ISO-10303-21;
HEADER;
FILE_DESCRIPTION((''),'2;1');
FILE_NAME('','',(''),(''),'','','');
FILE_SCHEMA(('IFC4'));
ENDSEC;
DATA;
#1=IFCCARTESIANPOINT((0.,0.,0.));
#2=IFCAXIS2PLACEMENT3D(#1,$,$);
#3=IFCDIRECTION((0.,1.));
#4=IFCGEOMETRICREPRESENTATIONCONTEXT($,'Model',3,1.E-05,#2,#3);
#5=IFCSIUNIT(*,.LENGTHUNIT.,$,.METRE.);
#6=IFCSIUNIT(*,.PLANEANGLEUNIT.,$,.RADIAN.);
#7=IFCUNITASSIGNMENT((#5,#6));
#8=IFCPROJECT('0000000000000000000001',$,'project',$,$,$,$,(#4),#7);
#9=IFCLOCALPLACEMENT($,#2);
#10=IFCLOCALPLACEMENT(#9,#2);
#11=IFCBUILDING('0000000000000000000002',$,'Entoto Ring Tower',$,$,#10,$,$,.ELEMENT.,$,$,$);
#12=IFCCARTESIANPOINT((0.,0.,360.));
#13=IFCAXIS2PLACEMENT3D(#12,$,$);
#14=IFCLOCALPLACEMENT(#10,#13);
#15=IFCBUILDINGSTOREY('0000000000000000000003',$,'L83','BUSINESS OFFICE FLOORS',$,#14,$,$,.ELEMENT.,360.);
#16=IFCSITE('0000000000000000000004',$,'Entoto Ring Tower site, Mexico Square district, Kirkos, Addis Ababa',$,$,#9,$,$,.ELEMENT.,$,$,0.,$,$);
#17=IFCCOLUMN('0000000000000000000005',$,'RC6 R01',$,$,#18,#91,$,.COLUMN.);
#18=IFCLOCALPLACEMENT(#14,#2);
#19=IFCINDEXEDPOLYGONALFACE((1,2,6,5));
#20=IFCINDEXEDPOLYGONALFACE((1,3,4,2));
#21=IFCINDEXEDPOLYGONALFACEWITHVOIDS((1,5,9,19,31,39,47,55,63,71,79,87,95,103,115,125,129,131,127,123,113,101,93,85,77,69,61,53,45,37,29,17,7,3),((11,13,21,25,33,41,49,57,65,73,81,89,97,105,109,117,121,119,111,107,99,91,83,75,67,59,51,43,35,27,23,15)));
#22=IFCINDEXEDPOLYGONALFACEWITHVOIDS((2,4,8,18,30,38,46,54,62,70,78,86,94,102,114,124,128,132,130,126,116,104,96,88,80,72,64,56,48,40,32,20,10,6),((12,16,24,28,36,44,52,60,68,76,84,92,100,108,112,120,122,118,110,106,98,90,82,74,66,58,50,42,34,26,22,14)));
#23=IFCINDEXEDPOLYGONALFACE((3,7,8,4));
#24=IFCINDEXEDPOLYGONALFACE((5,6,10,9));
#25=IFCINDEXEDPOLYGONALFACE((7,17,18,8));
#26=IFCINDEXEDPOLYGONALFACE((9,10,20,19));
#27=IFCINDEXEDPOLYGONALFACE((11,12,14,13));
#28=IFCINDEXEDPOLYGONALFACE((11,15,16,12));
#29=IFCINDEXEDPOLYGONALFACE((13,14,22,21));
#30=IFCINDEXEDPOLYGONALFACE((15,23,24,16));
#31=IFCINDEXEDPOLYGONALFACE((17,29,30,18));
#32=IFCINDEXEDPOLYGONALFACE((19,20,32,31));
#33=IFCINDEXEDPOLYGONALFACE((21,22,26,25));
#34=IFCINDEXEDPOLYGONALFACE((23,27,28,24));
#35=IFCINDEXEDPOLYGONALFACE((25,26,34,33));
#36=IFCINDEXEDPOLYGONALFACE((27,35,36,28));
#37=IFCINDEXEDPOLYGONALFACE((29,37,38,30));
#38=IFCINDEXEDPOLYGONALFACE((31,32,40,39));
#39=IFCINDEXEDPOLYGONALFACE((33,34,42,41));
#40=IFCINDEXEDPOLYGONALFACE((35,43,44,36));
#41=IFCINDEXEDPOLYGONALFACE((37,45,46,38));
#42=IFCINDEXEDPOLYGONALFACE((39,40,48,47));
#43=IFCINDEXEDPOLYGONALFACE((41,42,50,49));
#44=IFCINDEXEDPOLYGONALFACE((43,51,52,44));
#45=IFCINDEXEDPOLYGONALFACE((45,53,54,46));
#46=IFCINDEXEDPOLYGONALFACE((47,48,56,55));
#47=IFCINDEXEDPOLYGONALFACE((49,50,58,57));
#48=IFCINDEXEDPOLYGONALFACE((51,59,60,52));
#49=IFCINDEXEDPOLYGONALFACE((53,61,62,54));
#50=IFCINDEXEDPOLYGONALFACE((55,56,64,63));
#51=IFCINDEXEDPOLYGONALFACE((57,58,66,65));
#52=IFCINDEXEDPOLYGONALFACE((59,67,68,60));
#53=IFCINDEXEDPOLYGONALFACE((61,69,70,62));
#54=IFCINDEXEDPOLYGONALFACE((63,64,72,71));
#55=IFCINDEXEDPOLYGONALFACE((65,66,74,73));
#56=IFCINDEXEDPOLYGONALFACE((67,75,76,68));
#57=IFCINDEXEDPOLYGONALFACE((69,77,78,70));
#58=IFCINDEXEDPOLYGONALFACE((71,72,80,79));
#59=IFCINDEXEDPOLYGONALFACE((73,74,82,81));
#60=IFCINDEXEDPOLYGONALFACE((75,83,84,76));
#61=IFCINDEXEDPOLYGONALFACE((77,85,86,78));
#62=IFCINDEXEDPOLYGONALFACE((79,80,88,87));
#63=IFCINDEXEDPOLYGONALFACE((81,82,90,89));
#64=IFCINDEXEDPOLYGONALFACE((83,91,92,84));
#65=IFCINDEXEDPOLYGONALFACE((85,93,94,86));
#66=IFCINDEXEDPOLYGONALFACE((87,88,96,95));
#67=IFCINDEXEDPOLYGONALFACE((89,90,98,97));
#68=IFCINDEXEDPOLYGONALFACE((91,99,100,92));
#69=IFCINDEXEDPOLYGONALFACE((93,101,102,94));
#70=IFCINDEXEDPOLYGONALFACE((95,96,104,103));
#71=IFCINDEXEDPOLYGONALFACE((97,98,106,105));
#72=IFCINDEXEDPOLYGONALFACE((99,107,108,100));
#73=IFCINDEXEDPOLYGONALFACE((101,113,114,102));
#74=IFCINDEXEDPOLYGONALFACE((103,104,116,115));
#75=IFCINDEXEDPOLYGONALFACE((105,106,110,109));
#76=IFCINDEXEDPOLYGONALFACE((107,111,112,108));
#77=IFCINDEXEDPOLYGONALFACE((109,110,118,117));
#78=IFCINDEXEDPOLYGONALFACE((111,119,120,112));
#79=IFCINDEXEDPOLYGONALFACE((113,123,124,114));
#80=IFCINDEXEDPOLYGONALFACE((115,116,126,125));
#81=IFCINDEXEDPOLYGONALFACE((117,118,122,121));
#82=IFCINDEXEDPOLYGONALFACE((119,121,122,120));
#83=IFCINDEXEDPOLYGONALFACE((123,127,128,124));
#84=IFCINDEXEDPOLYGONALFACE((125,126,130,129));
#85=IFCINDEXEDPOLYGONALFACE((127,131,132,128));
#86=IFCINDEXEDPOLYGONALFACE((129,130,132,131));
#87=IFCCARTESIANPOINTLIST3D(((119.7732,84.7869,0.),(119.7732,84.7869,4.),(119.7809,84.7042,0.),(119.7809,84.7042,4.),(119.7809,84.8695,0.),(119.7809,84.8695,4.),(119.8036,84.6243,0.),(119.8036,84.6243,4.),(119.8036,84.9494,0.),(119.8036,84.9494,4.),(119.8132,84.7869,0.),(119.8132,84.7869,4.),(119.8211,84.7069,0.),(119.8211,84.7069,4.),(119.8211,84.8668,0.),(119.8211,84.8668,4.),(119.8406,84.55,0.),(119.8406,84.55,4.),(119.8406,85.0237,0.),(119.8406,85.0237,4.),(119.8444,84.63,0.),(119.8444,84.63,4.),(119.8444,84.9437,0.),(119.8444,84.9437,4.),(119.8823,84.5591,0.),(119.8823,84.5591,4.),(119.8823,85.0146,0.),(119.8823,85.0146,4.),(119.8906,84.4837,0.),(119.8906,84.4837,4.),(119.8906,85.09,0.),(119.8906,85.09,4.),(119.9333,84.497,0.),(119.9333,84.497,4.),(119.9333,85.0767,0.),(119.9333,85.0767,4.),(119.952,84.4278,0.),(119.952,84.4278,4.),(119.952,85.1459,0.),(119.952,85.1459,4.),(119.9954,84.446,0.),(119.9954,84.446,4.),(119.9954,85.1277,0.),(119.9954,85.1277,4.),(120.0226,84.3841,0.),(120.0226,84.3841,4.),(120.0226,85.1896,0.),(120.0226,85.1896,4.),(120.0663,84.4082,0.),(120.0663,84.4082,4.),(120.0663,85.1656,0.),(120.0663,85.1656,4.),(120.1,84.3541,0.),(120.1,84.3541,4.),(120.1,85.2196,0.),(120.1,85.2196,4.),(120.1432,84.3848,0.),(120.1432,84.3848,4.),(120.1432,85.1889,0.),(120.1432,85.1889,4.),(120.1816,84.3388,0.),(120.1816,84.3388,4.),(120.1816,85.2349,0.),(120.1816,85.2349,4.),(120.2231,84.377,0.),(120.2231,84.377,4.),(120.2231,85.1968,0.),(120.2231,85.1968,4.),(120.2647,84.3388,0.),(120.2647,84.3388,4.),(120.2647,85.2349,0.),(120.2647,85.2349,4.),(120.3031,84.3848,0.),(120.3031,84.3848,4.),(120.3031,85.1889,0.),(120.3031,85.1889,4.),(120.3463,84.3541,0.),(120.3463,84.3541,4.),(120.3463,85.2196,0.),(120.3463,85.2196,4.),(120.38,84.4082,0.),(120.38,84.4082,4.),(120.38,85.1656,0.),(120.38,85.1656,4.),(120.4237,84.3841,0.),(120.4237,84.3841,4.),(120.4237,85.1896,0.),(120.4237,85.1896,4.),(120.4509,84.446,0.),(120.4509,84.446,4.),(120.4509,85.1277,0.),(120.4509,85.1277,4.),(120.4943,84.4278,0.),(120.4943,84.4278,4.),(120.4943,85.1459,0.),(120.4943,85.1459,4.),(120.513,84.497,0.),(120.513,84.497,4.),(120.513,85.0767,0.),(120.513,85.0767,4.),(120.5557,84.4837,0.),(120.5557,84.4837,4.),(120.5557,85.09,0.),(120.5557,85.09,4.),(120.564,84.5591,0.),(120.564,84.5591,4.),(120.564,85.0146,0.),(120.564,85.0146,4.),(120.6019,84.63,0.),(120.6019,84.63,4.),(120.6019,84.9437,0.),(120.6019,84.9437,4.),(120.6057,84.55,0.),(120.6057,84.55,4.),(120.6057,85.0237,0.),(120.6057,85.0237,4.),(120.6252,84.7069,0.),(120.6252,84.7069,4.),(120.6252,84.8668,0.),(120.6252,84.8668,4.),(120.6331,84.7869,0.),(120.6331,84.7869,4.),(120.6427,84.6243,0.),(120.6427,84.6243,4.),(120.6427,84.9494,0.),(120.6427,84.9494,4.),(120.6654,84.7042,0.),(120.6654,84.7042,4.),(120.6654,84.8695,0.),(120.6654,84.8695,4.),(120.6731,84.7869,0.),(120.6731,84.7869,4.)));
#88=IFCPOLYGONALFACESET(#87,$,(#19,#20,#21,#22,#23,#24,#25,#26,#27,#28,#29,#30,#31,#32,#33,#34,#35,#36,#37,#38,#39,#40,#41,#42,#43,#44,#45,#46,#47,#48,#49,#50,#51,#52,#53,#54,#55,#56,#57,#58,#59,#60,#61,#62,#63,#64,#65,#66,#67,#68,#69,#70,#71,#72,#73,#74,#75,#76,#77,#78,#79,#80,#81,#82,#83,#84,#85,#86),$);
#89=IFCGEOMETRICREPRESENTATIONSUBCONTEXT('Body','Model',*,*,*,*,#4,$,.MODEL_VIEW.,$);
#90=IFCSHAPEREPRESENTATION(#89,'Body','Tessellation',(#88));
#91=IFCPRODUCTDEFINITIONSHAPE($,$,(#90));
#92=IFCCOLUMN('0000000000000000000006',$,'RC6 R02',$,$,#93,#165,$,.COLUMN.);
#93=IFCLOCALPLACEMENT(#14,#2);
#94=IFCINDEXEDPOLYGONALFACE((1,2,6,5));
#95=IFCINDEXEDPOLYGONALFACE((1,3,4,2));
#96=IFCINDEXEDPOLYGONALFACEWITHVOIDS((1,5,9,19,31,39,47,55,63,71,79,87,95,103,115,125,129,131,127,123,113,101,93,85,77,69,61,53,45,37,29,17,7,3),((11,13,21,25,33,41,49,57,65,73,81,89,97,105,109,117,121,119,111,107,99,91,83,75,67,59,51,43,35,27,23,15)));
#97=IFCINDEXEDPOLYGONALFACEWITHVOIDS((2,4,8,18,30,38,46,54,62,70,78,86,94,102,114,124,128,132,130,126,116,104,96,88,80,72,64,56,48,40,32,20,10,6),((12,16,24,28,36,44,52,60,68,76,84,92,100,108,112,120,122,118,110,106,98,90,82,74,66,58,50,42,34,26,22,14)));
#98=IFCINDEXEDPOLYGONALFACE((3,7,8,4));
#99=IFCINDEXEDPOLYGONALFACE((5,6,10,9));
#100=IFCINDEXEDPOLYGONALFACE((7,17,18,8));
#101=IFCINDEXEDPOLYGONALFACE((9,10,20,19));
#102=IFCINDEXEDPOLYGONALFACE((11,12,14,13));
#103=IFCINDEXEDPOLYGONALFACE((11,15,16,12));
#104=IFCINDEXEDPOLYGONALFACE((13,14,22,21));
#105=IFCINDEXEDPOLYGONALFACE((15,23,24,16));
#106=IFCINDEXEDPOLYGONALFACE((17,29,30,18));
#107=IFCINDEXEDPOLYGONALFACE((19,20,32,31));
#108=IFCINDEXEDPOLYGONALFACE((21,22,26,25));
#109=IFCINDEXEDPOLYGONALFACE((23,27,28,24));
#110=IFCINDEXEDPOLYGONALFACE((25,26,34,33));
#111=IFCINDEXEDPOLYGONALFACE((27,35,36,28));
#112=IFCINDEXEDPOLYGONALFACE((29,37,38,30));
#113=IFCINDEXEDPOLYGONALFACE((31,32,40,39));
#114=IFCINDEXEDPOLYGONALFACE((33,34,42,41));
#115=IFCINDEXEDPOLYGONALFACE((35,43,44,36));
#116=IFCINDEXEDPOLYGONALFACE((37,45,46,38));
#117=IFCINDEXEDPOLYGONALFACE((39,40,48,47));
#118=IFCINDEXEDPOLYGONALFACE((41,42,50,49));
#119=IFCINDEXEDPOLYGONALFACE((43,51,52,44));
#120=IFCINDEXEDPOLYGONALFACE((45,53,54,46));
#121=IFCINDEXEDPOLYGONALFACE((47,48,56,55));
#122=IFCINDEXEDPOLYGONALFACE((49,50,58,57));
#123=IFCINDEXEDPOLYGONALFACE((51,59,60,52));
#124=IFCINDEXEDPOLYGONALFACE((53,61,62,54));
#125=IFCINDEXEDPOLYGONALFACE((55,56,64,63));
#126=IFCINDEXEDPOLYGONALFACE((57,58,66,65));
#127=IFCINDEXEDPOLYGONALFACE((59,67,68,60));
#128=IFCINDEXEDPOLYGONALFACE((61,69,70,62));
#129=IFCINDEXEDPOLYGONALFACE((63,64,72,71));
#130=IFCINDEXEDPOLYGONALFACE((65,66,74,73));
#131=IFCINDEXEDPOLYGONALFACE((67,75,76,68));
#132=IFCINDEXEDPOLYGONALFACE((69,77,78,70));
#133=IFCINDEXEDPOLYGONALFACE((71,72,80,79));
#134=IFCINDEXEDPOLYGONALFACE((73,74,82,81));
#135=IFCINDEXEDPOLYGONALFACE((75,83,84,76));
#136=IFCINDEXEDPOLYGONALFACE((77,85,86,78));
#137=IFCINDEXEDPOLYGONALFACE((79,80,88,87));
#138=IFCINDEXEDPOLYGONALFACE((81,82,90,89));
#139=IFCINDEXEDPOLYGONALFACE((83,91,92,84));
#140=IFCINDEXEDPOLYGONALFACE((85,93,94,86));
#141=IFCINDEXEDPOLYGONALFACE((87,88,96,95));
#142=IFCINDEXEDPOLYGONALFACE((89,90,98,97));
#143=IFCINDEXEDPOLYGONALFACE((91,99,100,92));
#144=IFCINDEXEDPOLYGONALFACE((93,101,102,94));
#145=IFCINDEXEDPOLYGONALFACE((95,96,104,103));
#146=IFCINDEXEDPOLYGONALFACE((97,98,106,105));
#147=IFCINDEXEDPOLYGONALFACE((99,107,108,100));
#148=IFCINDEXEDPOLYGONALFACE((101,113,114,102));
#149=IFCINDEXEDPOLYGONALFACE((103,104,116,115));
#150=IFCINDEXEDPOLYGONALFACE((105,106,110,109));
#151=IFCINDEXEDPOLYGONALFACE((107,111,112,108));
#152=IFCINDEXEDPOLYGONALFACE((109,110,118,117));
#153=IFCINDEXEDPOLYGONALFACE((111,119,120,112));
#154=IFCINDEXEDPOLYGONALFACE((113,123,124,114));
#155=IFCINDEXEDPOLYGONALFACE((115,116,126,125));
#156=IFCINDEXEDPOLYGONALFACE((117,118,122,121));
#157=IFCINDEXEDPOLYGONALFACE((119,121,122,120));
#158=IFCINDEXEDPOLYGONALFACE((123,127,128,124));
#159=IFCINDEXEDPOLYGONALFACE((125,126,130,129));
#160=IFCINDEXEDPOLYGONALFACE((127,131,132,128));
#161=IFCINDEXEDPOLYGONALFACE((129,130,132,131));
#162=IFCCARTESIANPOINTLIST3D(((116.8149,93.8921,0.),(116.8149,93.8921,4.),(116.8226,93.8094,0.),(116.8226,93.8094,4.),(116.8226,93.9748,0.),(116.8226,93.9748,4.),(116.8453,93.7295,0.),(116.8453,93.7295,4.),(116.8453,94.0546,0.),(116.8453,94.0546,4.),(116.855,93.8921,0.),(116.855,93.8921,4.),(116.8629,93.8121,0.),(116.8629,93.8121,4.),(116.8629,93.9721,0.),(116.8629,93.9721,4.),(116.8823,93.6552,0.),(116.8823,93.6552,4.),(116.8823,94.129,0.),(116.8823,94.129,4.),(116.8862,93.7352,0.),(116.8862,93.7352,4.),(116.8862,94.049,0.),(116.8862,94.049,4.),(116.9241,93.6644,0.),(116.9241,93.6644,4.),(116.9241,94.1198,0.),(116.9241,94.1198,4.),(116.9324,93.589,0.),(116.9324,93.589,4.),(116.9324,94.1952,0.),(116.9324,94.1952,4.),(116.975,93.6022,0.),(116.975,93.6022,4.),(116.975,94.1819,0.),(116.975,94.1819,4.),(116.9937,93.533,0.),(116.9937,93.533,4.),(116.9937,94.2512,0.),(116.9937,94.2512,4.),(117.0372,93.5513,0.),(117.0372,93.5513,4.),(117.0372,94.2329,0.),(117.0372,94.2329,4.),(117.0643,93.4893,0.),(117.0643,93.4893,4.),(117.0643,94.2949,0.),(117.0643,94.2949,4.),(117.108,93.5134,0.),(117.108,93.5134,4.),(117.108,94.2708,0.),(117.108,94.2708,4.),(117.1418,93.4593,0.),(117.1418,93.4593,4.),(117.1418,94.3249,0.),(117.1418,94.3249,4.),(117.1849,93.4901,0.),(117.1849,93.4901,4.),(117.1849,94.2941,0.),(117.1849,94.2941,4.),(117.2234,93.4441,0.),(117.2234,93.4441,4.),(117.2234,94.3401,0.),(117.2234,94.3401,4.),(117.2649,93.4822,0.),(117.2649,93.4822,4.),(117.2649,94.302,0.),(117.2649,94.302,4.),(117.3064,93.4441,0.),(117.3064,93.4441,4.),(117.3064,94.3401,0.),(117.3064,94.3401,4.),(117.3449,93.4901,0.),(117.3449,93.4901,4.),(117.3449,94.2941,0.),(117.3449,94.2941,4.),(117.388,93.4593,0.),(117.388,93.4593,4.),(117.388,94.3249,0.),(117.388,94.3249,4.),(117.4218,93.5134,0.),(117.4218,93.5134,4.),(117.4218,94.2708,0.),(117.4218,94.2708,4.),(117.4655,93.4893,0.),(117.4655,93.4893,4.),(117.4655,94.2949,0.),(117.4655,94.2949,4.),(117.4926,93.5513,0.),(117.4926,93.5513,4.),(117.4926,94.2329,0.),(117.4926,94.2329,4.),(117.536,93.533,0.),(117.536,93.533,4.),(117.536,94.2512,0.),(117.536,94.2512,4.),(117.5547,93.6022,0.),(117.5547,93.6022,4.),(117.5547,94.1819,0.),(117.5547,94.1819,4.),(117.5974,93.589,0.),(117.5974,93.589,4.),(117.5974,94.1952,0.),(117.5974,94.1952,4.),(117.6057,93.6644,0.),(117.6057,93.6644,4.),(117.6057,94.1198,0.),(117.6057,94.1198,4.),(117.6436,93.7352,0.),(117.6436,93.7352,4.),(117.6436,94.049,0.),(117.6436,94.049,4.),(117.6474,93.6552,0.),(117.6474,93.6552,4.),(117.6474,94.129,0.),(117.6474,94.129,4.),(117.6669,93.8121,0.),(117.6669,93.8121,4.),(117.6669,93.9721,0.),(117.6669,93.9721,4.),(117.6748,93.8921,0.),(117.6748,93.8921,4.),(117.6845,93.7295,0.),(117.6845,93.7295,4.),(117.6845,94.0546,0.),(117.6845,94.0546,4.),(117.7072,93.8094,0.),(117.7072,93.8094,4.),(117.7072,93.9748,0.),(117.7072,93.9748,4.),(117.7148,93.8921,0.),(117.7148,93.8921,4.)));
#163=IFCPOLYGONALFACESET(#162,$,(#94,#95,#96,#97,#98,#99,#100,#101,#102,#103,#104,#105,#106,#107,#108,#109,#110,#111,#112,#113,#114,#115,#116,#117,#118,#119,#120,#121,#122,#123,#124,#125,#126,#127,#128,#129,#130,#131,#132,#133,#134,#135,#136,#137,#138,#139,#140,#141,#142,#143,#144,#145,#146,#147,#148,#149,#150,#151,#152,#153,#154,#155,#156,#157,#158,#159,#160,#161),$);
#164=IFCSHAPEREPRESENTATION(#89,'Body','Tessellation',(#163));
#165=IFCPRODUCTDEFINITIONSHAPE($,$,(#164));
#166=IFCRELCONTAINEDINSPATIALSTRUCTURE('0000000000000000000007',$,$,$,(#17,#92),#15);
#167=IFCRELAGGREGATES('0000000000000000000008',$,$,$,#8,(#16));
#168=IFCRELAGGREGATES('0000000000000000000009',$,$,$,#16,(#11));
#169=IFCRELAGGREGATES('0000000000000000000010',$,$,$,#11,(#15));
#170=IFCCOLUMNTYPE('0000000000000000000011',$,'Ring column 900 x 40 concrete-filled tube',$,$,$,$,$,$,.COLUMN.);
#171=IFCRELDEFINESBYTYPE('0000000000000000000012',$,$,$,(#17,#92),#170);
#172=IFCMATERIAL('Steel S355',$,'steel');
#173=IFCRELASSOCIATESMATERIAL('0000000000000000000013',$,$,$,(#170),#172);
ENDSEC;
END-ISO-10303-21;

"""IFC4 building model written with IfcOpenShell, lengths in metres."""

from ifc_helpers import new_model, si_unit, direction, frame, origin, origin_2d, place, context, subcontext, project, spatial, circle, hollow_circle, extrude, material, material_profile, profile_set, type_object, element, save


model = new_model("IFC4")

# Units and contexts
model_context = context("Model", 3, precision=1e-05, world=origin(), true_north=direction((0.0, 1.0)))
body_context = subcontext(model_context, "Body", "Model", "MODEL_VIEW")
ifc_project = project(units=[si_unit("LENGTHUNIT", "METRE"), si_unit("PLANEANGLEUNIT", "RADIAN")], contexts=[model_context])

# Site, building, storey
site_placement = place(None, origin())
site = spatial("IfcSite", under=ifc_project, at=site_placement, Name="Entoto Ring Tower site, Mexico Square district, Kirkos, Addis Ababa", CompositionType="ELEMENT", RefElevation=0.0)
building_placement = place(site_placement, origin())
building = spatial("IfcBuilding", under=site, at=building_placement, Name="Entoto Ring Tower", CompositionType="ELEMENT")
storey_placement = place(building_placement, frame((0.0, 0.0, 360.0)))
storey = spatial("IfcBuildingStorey", under=building, at=storey_placement, Name="L83", Description="BUSINESS OFFICE FLOORS", CompositionType="ELEMENT", Elevation=360.0)

# Columns
ifc_material_1 = material(Name="Steel S355", Category="steel")
ifc_material_profile_1 = material_profile(ifc_material_1, hollow_circle(Radius=0.45, WallThickness=0.04, at=origin_2d()), Name="CHS 900 x 40")
ifc_material_2 = material(Name="Concrete C60/75", Category="concrete")
ifc_material_profile_2 = material_profile(ifc_material_2, circle(Radius=0.4099, at=origin_2d()), Name="Concrete C60/75 infill")
ifc_profile_set_1 = profile_set([ifc_material_profile_1, ifc_material_profile_2], Name="Steel S355")
column_type = type_object("IfcColumnType", Name="Ring column 900 x 40 concrete-filled tube", PredefinedType="COLUMN", material=ifc_profile_set_1)
for number, where, z_axis, x_axis, name in (
    (1, (120.2231, 84.7869, 0.0), (0.0, 0.0, 1.0), (1.0, 0.0, 0.0), "RC6 R01"),
    (2, (117.2649, 93.8921, 0.0), (0.0, 0.0, 1.0), (1.0, 0.0, 0.0), "RC6 R02"),
):
    element("IfcColumn", number, at=place(storey_placement, frame(where, z_axis=z_axis, x_axis=x_axis)), inside=storey, type_object=column_type, Name=name, PredefinedType="COLUMN", context=body_context, shape_type="SweptSolid", body=[
        extrude(hollow_circle(Radius=0.45, WallThickness=0.04, at=origin_2d()), origin(), (0.0, 0.0, 1.0), 4.0),
    ])

save(model, "model.ifc")
